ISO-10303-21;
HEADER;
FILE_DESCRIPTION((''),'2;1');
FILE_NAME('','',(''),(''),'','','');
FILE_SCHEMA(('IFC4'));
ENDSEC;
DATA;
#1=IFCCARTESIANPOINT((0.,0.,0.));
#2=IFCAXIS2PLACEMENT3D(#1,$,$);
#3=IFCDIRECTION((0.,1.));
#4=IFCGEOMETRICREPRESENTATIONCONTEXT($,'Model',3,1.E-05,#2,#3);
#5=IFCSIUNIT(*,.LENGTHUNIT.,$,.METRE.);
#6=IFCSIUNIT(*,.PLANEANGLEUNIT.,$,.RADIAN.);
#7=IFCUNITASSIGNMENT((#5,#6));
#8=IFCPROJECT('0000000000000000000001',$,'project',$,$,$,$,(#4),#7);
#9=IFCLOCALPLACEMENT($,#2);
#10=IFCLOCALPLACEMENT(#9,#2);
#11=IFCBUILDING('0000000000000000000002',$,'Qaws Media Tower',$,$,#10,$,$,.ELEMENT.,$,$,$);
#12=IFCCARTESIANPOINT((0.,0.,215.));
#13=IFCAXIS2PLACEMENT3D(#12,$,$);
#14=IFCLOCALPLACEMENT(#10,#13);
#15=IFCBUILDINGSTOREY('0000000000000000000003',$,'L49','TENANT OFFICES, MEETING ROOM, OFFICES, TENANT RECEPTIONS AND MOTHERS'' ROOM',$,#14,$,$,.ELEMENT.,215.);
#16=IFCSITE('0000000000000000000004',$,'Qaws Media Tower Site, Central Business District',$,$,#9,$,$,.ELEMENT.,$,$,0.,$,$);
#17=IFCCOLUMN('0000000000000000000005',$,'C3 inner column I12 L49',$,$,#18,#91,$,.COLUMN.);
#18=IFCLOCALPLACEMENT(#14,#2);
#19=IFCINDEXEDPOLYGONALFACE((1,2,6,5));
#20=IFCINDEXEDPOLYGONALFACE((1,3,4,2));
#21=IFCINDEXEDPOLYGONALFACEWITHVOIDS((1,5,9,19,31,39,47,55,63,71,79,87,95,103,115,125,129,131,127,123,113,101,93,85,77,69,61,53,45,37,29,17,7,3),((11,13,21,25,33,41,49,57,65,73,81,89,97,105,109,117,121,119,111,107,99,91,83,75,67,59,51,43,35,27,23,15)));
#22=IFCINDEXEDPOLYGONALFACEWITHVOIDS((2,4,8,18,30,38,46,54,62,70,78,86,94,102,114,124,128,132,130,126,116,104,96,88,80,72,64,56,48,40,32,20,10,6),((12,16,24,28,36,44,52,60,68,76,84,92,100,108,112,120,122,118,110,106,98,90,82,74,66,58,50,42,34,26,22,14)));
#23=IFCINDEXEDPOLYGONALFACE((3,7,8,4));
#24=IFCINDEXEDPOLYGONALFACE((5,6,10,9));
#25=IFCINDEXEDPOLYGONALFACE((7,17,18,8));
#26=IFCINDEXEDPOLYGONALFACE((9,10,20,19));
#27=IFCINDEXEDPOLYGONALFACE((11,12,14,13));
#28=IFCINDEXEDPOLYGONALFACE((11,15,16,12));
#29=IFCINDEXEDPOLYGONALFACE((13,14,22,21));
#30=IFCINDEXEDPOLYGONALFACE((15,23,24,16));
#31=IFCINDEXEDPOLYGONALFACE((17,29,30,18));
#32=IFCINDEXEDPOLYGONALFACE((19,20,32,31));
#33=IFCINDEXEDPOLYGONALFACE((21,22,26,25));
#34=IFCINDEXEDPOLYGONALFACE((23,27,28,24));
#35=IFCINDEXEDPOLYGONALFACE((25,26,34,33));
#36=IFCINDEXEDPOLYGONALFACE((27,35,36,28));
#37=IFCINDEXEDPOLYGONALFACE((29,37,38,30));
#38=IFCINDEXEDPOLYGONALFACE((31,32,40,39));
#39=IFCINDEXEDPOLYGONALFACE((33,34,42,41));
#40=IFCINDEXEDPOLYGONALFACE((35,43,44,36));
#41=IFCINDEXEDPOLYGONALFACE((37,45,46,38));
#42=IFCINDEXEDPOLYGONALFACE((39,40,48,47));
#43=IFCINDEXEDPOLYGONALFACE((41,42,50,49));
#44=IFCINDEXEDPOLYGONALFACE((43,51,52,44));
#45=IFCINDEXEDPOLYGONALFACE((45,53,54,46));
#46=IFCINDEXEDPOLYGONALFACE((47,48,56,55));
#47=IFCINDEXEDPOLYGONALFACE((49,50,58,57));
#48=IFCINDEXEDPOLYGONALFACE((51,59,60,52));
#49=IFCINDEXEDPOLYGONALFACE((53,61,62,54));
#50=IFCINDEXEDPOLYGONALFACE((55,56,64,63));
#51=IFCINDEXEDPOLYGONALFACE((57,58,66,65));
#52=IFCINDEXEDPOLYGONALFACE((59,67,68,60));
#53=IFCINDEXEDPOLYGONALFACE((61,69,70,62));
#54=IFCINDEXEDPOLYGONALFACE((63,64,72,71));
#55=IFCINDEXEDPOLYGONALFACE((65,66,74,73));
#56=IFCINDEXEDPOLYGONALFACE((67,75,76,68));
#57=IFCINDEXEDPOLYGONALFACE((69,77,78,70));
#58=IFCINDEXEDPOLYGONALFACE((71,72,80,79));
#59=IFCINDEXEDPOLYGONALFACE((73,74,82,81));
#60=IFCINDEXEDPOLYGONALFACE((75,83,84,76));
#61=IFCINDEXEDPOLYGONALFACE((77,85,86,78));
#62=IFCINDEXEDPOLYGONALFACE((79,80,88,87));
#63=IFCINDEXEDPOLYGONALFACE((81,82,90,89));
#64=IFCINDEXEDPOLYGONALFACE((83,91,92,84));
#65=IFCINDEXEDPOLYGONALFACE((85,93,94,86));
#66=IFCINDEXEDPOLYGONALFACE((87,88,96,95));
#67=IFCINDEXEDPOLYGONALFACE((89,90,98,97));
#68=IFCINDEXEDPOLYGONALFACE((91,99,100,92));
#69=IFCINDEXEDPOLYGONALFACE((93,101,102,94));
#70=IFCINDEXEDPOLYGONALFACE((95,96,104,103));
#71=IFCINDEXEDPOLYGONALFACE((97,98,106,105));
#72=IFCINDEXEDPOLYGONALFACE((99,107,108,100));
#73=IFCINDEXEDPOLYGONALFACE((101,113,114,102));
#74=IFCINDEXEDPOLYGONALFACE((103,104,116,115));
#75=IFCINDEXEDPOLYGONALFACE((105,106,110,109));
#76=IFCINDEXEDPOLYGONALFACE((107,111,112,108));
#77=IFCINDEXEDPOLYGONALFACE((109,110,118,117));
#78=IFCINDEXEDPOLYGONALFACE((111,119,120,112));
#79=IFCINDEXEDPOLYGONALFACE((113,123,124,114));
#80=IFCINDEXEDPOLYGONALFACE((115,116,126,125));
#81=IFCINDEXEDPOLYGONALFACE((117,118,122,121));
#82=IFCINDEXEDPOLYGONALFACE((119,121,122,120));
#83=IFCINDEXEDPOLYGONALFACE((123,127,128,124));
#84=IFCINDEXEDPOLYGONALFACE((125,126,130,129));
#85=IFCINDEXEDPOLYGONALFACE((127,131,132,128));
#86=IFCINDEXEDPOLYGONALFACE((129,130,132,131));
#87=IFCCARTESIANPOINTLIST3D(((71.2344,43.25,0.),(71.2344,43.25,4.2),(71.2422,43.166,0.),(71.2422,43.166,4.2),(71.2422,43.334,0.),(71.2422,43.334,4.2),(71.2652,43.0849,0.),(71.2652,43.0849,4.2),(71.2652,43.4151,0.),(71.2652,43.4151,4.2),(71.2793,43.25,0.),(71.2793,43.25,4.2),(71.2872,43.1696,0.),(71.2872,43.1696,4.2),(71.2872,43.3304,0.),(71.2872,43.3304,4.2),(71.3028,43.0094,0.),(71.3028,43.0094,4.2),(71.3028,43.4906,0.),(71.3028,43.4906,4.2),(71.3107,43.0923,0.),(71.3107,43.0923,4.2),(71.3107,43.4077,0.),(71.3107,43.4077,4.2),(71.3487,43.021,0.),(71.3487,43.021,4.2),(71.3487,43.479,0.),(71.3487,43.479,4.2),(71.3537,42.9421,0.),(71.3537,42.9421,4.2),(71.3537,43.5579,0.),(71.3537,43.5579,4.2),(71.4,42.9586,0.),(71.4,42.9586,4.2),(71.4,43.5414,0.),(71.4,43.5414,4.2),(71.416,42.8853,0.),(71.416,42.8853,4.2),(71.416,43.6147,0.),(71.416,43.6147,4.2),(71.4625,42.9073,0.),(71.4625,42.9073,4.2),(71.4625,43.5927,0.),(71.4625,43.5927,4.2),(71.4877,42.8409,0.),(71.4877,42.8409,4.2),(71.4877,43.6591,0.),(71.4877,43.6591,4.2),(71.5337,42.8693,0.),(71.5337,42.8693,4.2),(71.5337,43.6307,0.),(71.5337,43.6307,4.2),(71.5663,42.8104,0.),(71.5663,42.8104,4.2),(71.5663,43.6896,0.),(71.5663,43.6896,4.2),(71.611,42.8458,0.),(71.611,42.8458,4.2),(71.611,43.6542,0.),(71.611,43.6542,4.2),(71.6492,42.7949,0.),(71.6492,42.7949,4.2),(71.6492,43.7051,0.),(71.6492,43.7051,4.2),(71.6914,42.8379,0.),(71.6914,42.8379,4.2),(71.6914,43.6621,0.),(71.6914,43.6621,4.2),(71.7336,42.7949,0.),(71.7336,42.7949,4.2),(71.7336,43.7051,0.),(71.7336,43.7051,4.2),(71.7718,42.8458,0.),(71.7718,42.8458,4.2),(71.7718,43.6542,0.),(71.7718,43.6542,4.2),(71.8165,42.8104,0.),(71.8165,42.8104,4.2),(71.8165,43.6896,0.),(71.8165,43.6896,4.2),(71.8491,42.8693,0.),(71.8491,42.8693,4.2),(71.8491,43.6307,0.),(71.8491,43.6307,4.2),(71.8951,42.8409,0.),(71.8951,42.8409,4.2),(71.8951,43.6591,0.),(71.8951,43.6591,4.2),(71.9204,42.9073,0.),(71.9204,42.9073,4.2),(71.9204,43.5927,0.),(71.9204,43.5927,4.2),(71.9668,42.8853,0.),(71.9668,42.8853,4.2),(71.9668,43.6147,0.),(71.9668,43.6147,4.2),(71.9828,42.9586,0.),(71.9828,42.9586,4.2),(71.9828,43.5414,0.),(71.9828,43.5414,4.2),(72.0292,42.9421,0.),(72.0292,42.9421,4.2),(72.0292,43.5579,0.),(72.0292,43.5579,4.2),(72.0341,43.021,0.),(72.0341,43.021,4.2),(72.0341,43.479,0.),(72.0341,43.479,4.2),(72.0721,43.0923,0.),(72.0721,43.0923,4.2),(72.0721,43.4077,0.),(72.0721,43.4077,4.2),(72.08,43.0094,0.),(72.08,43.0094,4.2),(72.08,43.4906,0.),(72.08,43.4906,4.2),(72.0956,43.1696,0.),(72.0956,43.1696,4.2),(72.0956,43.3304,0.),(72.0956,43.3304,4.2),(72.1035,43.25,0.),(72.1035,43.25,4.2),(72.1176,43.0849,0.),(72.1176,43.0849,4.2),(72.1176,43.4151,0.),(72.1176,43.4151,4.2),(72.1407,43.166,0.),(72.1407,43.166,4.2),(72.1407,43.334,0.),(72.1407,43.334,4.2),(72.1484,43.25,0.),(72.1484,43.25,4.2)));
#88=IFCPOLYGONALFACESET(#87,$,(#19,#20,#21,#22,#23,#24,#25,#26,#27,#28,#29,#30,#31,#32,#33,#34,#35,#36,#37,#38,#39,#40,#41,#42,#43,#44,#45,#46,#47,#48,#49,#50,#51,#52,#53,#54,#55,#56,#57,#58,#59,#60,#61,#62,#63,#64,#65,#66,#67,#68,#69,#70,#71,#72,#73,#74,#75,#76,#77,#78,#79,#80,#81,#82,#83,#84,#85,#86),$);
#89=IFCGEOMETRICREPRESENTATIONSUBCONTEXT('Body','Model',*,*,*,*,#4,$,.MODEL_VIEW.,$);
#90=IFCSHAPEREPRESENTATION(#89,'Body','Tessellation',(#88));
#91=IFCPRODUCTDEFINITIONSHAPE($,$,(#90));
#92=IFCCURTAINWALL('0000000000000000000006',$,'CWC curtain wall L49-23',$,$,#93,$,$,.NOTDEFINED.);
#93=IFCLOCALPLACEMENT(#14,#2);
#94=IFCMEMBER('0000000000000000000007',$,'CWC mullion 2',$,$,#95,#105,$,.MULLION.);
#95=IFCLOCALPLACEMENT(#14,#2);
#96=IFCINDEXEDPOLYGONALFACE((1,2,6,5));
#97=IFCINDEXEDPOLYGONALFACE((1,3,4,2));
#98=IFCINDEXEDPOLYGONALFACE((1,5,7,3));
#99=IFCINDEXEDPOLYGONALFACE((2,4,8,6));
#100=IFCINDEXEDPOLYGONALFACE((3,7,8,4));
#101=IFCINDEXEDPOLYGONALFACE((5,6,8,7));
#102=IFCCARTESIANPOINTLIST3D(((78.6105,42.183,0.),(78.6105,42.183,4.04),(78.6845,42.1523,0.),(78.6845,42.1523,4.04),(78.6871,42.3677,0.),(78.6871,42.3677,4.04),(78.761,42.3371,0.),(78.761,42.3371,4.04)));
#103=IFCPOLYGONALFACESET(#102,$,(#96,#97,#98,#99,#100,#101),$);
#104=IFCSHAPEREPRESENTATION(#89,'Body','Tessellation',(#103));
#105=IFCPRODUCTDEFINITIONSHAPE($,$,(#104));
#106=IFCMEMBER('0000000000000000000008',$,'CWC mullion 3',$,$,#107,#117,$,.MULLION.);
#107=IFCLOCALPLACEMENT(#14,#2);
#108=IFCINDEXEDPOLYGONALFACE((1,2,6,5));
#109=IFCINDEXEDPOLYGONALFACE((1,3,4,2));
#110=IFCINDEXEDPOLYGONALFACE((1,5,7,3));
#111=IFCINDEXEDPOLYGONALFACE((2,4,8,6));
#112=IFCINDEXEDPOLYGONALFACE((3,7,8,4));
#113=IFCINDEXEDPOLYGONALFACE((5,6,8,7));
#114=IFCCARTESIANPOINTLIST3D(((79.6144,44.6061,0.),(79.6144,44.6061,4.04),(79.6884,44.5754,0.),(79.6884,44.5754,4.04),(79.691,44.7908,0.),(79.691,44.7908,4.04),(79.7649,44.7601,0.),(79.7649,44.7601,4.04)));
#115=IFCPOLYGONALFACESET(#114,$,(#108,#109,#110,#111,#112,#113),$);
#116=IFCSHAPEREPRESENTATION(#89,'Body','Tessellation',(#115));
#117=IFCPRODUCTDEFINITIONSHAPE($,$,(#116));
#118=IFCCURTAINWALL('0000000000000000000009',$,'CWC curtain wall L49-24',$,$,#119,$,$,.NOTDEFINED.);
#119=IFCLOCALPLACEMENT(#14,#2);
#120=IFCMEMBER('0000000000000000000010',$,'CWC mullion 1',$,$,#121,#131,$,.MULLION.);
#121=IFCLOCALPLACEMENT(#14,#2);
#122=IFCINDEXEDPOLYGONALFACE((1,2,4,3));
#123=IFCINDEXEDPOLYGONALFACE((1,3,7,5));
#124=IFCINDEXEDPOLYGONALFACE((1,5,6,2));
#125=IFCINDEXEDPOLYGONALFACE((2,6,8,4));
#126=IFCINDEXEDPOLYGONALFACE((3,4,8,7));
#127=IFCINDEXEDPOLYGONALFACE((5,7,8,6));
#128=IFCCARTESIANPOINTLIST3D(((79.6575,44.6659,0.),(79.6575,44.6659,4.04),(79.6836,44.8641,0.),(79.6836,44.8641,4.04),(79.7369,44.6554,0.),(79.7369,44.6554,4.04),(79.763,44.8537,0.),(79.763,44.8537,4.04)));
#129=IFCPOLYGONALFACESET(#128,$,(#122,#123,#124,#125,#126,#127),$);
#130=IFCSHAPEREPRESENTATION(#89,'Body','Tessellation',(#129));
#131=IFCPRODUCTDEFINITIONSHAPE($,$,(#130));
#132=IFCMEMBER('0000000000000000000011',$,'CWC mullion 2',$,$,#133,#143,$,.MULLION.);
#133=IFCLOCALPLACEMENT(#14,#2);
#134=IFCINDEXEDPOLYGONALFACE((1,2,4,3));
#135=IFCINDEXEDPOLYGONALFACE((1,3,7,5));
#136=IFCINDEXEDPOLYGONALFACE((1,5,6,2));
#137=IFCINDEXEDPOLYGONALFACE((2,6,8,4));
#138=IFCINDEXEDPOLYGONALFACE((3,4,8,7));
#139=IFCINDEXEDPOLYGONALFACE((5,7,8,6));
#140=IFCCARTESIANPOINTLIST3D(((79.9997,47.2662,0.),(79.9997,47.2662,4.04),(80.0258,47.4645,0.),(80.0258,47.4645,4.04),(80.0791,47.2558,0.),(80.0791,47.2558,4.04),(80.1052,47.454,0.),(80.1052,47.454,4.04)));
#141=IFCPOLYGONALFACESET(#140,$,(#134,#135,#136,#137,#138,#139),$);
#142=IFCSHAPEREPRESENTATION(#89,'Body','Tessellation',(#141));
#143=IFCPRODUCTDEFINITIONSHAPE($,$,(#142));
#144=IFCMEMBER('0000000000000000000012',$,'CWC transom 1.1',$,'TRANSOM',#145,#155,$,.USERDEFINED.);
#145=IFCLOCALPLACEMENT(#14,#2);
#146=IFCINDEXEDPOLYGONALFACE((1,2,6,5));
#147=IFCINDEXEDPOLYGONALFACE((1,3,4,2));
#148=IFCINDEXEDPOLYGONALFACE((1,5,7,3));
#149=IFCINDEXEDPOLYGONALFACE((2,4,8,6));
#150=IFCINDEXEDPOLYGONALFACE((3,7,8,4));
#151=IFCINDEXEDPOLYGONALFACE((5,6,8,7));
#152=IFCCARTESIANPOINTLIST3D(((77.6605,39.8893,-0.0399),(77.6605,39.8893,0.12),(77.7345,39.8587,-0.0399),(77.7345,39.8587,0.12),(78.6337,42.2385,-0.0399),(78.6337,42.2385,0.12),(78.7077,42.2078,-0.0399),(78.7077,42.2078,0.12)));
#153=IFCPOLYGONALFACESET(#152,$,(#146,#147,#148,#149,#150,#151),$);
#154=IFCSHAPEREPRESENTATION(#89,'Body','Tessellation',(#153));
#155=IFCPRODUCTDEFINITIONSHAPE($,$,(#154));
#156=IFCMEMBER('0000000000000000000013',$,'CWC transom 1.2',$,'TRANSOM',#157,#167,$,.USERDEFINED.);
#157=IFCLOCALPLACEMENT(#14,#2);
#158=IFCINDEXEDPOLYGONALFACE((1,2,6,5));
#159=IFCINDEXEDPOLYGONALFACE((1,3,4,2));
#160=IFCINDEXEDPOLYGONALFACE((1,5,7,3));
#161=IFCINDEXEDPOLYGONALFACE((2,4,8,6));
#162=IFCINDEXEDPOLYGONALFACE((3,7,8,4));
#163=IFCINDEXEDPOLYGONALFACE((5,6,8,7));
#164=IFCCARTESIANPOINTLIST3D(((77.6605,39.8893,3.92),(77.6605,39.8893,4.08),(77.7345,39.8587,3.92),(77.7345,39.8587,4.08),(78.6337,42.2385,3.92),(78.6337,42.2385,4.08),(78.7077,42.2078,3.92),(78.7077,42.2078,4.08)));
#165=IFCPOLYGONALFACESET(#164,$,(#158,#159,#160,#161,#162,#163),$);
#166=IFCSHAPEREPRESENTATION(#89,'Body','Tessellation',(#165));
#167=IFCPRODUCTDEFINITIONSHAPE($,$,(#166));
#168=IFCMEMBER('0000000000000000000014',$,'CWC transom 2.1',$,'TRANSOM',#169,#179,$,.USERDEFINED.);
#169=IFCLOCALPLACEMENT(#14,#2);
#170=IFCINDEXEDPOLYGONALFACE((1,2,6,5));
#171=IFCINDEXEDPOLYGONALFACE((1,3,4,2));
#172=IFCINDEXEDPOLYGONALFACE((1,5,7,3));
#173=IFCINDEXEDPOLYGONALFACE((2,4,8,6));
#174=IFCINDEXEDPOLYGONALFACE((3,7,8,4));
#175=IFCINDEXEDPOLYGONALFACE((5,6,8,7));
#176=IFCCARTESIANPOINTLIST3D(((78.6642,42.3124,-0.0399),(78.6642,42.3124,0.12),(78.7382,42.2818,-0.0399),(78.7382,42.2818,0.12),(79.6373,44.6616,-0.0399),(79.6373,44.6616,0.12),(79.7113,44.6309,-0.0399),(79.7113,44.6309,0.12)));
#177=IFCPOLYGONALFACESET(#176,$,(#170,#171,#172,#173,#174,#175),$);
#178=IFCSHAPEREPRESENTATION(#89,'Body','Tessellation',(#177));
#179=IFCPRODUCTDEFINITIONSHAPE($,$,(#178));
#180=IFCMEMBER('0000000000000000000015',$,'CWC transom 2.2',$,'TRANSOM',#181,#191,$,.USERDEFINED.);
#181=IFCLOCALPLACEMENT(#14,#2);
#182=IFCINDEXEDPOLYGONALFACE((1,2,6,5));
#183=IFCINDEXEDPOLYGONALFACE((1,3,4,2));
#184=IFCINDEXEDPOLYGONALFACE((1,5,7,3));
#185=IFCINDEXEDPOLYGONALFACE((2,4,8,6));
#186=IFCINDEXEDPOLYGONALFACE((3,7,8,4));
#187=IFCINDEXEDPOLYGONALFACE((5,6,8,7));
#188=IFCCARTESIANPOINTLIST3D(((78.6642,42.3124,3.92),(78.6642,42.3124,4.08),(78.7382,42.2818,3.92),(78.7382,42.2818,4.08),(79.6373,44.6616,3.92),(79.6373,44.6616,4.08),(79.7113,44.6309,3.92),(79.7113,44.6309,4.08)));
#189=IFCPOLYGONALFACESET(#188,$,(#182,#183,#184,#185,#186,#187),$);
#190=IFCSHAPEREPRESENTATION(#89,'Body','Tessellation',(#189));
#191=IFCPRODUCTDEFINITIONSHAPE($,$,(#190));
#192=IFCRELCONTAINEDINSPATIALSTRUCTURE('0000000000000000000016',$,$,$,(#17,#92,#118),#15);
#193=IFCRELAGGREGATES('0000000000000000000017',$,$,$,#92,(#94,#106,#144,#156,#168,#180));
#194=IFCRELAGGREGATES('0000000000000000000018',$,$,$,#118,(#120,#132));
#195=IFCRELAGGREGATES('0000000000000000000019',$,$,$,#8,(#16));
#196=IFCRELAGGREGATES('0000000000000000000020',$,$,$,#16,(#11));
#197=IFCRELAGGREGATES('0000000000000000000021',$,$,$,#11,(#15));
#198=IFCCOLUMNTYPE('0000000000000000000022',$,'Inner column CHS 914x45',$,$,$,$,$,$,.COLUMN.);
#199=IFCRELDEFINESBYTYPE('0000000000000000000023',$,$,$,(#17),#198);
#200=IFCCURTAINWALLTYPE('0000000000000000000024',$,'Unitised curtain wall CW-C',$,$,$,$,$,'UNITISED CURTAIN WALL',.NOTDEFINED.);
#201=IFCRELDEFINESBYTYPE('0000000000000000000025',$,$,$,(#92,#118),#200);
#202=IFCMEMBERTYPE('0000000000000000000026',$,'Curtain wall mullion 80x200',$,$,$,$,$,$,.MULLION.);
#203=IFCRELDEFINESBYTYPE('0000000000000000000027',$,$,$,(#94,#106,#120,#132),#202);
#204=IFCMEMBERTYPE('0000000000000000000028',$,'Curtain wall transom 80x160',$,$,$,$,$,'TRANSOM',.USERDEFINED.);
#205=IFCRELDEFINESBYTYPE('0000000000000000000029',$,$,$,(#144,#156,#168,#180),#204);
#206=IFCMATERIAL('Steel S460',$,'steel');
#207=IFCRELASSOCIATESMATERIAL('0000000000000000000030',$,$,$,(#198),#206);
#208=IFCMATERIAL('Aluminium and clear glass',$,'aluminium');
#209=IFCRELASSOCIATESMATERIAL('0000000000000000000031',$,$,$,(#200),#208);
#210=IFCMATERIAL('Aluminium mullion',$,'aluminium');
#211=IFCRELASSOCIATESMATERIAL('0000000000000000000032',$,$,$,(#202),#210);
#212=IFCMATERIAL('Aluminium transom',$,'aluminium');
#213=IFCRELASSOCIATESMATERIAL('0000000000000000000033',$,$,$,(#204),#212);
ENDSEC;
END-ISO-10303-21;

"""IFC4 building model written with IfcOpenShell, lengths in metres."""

from ifc_helpers import new_model, si_unit, direction, frame, origin, origin_2d, place, context, subcontext, project, spatial, rectangle, hollow_circle, extrude, material, material_profile, profile_set, type_object, element, aggregate, save


model = new_model("IFC4")

# Units and contexts
model_context = context("Model", 3, precision=1e-05, world=origin(), true_north=direction((0.0, 1.0)))
body_context = subcontext(model_context, "Body", "Model", "MODEL_VIEW")
ifc_project = project(units=[si_unit("LENGTHUNIT", "METRE"), si_unit("PLANEANGLEUNIT", "RADIAN")], contexts=[model_context])

# Site, building, storey
site_placement = place(None, origin())
site = spatial("IfcSite", under=ifc_project, at=site_placement, Name="Qaws Media Tower Site, Central Business District", CompositionType="ELEMENT", RefElevation=0.0)
building_placement = place(site_placement, origin())
building = spatial("IfcBuilding", under=site, at=building_placement, Name="Qaws Media Tower", CompositionType="ELEMENT")
storey_placement = place(building_placement, frame((0.0, 0.0, 215.0)))
storey = spatial("IfcBuildingStorey", under=building, at=storey_placement, Name="L49", Description="TENANT OFFICES, MEETING ROOM, OFFICES, TENANT RECEPTIONS AND MOTHERS' ROOM", CompositionType="ELEMENT", Elevation=215.0)

# Column
ifc_material_1 = material(Name="Steel S460", Category="steel")
ifc_material_profile_1 = material_profile(ifc_material_1, hollow_circle(Radius=0.457, WallThickness=0.0449, at=origin_2d()), Name="CHS 914x45")
ifc_profile_set_1 = profile_set([ifc_material_profile_1], Name="Steel S460")
column_type = type_object("IfcColumnType", Name="Inner column CHS 914x45", PredefinedType="COLUMN", material=ifc_profile_set_1)
column_placement = place(storey_placement, frame((71.6914, 43.25, 0.0), z_axis=(0.0, 0.0, 1.0), x_axis=(1.0, 0.0, 0.0)))
element("IfcColumn", 1, at=column_placement, inside=storey, type_object=column_type, Name="C3 inner column I12 L49", PredefinedType="COLUMN", context=body_context, shape_type="SweptSolid", body=[
    extrude(hollow_circle(Radius=0.457, WallThickness=0.0449, at=origin_2d()), origin(), (0.0, 0.0, 1.0), 4.2),
])

# Curtain walls, members
ifc_material_2 = material(Name="Aluminium and clear glass", Category="aluminium")
curtain_wall_type = type_object("IfcCurtainWallType", Name="Unitised curtain wall CW-C", ElementType="UNITISED CURTAIN WALL", PredefinedType="NOTDEFINED", material=ifc_material_2)
curtain_wall_1_placement = place(storey_placement, origin())
curtain_wall_1 = element("IfcCurtainWall", 2, at=curtain_wall_1_placement, inside=storey, type_object=curtain_wall_type, Name="CWC curtain wall L49-23", PredefinedType="NOTDEFINED")
ifc_material_3 = material(Name="Aluminium mullion", Category="aluminium")
ifc_material_profile_2 = material_profile(ifc_material_3, rectangle(XDim=0.0801, YDim=0.2, at=origin_2d()), Name="80x200")
ifc_profile_set_2 = profile_set([ifc_material_profile_2], Name="Aluminium mullion")
member_type_1 = type_object("IfcMemberType", Name="Curtain wall mullion 80x200", PredefinedType="MULLION", material=ifc_profile_set_2)
member_1_placement = place(storey_placement, frame((78.6858, 42.26, 0.0), z_axis=(0.0, 0.0, 1.0), x_axis=(-0.923879, 0.382684, 0.0)))
member_1 = element("IfcMember", 3, at=member_1_placement, type_object=member_type_1, Name="CWC mullion 2", PredefinedType="MULLION", context=body_context, shape_type="SweptSolid", body=[
    extrude(rectangle(XDim=0.0801, YDim=0.2, at=origin_2d()), origin(), (0.0, 0.0, 1.0), 4.04),
])
member_2_placement = place(storey_placement, frame((79.6897, 44.6831, 0.0), z_axis=(0.0, 0.0, 1.0), x_axis=(-0.923879, 0.382684, 0.0)))
member_2 = element("IfcMember", 4, at=member_2_placement, type_object=member_type_1, Name="CWC mullion 3", PredefinedType="MULLION", context=body_context, shape_type="SweptSolid", body=[
    extrude(rectangle(XDim=0.0801, YDim=0.2, at=origin_2d()), origin(), (0.0, 0.0, 1.0), 4.04),
])
curtain_wall_2_placement = place(storey_placement, origin())
curtain_wall_2 = element("IfcCurtainWall", 5, at=curtain_wall_2_placement, inside=storey, type_object=curtain_wall_type, Name="CWC curtain wall L49-24", PredefinedType="NOTDEFINED")
member_3_placement = place(storey_placement, frame((79.7102, 44.7598, 0.0), z_axis=(0.0, 0.0, 1.0), x_axis=(-0.991445, 0.130526, 0.0)))
member_3 = element("IfcMember", 6, at=member_3_placement, type_object=member_type_1, Name="CWC mullion 1", PredefinedType="MULLION", context=body_context, shape_type="SweptSolid", body=[
    extrude(rectangle(XDim=0.0801, YDim=0.2, at=origin_2d()), origin(), (0.0, 0.0, 1.0), 4.04),
])
member_4_placement = place(storey_placement, frame((80.0525, 47.3601, 0.0), z_axis=(0.0, 0.0, 1.0), x_axis=(-0.991445, 0.130526, 0.0)))
member_4 = element("IfcMember", 7, at=member_4_placement, type_object=member_type_1, Name="CWC mullion 2", PredefinedType="MULLION", context=body_context, shape_type="SweptSolid", body=[
    extrude(rectangle(XDim=0.0801, YDim=0.2, at=origin_2d()), origin(), (0.0, 0.0, 1.0), 4.04),
])

# Members
ifc_material_4 = material(Name="Aluminium transom", Category="aluminium")
ifc_material_profile_3 = material_profile(ifc_material_4, rectangle(XDim=0.0801, YDim=0.1599, at=origin_2d()), Name="80x160")
ifc_profile_set_3 = profile_set([ifc_material_profile_3], Name="Aluminium transom")
member_type_2 = type_object("IfcMemberType", Name="Curtain wall transom 80x160", ElementType="TRANSOM", PredefinedType="USERDEFINED", material=ifc_profile_set_3)
member_5_placement = place(storey_placement, frame((77.6975, 39.874, 0.04), z_axis=(0.382719, 0.923865, 0.0), x_axis=(-0.923865, 0.382719, 0.0)))
member_5 = element("IfcMember", 8, at=member_5_placement, type_object=member_type_2, Name="CWC transom 1.1", ObjectType="TRANSOM", PredefinedType="USERDEFINED", context=body_context, shape_type="SweptSolid", body=[
    extrude(rectangle(XDim=0.0801, YDim=0.1599, at=origin_2d()), origin(), (0.0, 0.0, 1.0), 2.5427),
])
member_6_placement = place(storey_placement, frame((77.6975, 39.874, 4.0), z_axis=(0.382719, 0.923865, 0.0), x_axis=(-0.923865, 0.382719, 0.0)))
member_6 = element("IfcMember", 9, at=member_6_placement, type_object=member_type_2, Name="CWC transom 1.2", ObjectType="TRANSOM", PredefinedType="USERDEFINED", context=body_context, shape_type="SweptSolid", body=[
    extrude(rectangle(XDim=0.0801, YDim=0.1599, at=origin_2d()), origin(), (0.0, 0.0, 1.0), 2.5427),
])
member_7_placement = place(storey_placement, frame((78.7012, 42.2971, 0.04), z_axis=(0.382719, 0.923865, 0.0), x_axis=(-0.923865, 0.382719, 0.0)))
member_7 = element("IfcMember", 10, at=member_7_placement, type_object=member_type_2, Name="CWC transom 2.1", ObjectType="TRANSOM", PredefinedType="USERDEFINED", context=body_context, shape_type="SweptSolid", body=[
    extrude(rectangle(XDim=0.0801, YDim=0.1599, at=origin_2d()), origin(), (0.0, 0.0, 1.0), 2.5427),
])
member_8_placement = place(storey_placement, frame((78.7012, 42.2971, 4.0), z_axis=(0.382719, 0.923865, 0.0), x_axis=(-0.923865, 0.382719, 0.0)))
member_8 = element("IfcMember", 11, at=member_8_placement, type_object=member_type_2, Name="CWC transom 2.2", ObjectType="TRANSOM", PredefinedType="USERDEFINED", context=body_context, shape_type="SweptSolid", body=[
    extrude(rectangle(XDim=0.0801, YDim=0.1599, at=origin_2d()), origin(), (0.0, 0.0, 1.0), 2.5427),
])

aggregate(curtain_wall_1, [member_1, member_2, member_5, member_6, member_7, member_8])
aggregate(curtain_wall_2, [member_3, member_4])

save(model, "model.ifc")
